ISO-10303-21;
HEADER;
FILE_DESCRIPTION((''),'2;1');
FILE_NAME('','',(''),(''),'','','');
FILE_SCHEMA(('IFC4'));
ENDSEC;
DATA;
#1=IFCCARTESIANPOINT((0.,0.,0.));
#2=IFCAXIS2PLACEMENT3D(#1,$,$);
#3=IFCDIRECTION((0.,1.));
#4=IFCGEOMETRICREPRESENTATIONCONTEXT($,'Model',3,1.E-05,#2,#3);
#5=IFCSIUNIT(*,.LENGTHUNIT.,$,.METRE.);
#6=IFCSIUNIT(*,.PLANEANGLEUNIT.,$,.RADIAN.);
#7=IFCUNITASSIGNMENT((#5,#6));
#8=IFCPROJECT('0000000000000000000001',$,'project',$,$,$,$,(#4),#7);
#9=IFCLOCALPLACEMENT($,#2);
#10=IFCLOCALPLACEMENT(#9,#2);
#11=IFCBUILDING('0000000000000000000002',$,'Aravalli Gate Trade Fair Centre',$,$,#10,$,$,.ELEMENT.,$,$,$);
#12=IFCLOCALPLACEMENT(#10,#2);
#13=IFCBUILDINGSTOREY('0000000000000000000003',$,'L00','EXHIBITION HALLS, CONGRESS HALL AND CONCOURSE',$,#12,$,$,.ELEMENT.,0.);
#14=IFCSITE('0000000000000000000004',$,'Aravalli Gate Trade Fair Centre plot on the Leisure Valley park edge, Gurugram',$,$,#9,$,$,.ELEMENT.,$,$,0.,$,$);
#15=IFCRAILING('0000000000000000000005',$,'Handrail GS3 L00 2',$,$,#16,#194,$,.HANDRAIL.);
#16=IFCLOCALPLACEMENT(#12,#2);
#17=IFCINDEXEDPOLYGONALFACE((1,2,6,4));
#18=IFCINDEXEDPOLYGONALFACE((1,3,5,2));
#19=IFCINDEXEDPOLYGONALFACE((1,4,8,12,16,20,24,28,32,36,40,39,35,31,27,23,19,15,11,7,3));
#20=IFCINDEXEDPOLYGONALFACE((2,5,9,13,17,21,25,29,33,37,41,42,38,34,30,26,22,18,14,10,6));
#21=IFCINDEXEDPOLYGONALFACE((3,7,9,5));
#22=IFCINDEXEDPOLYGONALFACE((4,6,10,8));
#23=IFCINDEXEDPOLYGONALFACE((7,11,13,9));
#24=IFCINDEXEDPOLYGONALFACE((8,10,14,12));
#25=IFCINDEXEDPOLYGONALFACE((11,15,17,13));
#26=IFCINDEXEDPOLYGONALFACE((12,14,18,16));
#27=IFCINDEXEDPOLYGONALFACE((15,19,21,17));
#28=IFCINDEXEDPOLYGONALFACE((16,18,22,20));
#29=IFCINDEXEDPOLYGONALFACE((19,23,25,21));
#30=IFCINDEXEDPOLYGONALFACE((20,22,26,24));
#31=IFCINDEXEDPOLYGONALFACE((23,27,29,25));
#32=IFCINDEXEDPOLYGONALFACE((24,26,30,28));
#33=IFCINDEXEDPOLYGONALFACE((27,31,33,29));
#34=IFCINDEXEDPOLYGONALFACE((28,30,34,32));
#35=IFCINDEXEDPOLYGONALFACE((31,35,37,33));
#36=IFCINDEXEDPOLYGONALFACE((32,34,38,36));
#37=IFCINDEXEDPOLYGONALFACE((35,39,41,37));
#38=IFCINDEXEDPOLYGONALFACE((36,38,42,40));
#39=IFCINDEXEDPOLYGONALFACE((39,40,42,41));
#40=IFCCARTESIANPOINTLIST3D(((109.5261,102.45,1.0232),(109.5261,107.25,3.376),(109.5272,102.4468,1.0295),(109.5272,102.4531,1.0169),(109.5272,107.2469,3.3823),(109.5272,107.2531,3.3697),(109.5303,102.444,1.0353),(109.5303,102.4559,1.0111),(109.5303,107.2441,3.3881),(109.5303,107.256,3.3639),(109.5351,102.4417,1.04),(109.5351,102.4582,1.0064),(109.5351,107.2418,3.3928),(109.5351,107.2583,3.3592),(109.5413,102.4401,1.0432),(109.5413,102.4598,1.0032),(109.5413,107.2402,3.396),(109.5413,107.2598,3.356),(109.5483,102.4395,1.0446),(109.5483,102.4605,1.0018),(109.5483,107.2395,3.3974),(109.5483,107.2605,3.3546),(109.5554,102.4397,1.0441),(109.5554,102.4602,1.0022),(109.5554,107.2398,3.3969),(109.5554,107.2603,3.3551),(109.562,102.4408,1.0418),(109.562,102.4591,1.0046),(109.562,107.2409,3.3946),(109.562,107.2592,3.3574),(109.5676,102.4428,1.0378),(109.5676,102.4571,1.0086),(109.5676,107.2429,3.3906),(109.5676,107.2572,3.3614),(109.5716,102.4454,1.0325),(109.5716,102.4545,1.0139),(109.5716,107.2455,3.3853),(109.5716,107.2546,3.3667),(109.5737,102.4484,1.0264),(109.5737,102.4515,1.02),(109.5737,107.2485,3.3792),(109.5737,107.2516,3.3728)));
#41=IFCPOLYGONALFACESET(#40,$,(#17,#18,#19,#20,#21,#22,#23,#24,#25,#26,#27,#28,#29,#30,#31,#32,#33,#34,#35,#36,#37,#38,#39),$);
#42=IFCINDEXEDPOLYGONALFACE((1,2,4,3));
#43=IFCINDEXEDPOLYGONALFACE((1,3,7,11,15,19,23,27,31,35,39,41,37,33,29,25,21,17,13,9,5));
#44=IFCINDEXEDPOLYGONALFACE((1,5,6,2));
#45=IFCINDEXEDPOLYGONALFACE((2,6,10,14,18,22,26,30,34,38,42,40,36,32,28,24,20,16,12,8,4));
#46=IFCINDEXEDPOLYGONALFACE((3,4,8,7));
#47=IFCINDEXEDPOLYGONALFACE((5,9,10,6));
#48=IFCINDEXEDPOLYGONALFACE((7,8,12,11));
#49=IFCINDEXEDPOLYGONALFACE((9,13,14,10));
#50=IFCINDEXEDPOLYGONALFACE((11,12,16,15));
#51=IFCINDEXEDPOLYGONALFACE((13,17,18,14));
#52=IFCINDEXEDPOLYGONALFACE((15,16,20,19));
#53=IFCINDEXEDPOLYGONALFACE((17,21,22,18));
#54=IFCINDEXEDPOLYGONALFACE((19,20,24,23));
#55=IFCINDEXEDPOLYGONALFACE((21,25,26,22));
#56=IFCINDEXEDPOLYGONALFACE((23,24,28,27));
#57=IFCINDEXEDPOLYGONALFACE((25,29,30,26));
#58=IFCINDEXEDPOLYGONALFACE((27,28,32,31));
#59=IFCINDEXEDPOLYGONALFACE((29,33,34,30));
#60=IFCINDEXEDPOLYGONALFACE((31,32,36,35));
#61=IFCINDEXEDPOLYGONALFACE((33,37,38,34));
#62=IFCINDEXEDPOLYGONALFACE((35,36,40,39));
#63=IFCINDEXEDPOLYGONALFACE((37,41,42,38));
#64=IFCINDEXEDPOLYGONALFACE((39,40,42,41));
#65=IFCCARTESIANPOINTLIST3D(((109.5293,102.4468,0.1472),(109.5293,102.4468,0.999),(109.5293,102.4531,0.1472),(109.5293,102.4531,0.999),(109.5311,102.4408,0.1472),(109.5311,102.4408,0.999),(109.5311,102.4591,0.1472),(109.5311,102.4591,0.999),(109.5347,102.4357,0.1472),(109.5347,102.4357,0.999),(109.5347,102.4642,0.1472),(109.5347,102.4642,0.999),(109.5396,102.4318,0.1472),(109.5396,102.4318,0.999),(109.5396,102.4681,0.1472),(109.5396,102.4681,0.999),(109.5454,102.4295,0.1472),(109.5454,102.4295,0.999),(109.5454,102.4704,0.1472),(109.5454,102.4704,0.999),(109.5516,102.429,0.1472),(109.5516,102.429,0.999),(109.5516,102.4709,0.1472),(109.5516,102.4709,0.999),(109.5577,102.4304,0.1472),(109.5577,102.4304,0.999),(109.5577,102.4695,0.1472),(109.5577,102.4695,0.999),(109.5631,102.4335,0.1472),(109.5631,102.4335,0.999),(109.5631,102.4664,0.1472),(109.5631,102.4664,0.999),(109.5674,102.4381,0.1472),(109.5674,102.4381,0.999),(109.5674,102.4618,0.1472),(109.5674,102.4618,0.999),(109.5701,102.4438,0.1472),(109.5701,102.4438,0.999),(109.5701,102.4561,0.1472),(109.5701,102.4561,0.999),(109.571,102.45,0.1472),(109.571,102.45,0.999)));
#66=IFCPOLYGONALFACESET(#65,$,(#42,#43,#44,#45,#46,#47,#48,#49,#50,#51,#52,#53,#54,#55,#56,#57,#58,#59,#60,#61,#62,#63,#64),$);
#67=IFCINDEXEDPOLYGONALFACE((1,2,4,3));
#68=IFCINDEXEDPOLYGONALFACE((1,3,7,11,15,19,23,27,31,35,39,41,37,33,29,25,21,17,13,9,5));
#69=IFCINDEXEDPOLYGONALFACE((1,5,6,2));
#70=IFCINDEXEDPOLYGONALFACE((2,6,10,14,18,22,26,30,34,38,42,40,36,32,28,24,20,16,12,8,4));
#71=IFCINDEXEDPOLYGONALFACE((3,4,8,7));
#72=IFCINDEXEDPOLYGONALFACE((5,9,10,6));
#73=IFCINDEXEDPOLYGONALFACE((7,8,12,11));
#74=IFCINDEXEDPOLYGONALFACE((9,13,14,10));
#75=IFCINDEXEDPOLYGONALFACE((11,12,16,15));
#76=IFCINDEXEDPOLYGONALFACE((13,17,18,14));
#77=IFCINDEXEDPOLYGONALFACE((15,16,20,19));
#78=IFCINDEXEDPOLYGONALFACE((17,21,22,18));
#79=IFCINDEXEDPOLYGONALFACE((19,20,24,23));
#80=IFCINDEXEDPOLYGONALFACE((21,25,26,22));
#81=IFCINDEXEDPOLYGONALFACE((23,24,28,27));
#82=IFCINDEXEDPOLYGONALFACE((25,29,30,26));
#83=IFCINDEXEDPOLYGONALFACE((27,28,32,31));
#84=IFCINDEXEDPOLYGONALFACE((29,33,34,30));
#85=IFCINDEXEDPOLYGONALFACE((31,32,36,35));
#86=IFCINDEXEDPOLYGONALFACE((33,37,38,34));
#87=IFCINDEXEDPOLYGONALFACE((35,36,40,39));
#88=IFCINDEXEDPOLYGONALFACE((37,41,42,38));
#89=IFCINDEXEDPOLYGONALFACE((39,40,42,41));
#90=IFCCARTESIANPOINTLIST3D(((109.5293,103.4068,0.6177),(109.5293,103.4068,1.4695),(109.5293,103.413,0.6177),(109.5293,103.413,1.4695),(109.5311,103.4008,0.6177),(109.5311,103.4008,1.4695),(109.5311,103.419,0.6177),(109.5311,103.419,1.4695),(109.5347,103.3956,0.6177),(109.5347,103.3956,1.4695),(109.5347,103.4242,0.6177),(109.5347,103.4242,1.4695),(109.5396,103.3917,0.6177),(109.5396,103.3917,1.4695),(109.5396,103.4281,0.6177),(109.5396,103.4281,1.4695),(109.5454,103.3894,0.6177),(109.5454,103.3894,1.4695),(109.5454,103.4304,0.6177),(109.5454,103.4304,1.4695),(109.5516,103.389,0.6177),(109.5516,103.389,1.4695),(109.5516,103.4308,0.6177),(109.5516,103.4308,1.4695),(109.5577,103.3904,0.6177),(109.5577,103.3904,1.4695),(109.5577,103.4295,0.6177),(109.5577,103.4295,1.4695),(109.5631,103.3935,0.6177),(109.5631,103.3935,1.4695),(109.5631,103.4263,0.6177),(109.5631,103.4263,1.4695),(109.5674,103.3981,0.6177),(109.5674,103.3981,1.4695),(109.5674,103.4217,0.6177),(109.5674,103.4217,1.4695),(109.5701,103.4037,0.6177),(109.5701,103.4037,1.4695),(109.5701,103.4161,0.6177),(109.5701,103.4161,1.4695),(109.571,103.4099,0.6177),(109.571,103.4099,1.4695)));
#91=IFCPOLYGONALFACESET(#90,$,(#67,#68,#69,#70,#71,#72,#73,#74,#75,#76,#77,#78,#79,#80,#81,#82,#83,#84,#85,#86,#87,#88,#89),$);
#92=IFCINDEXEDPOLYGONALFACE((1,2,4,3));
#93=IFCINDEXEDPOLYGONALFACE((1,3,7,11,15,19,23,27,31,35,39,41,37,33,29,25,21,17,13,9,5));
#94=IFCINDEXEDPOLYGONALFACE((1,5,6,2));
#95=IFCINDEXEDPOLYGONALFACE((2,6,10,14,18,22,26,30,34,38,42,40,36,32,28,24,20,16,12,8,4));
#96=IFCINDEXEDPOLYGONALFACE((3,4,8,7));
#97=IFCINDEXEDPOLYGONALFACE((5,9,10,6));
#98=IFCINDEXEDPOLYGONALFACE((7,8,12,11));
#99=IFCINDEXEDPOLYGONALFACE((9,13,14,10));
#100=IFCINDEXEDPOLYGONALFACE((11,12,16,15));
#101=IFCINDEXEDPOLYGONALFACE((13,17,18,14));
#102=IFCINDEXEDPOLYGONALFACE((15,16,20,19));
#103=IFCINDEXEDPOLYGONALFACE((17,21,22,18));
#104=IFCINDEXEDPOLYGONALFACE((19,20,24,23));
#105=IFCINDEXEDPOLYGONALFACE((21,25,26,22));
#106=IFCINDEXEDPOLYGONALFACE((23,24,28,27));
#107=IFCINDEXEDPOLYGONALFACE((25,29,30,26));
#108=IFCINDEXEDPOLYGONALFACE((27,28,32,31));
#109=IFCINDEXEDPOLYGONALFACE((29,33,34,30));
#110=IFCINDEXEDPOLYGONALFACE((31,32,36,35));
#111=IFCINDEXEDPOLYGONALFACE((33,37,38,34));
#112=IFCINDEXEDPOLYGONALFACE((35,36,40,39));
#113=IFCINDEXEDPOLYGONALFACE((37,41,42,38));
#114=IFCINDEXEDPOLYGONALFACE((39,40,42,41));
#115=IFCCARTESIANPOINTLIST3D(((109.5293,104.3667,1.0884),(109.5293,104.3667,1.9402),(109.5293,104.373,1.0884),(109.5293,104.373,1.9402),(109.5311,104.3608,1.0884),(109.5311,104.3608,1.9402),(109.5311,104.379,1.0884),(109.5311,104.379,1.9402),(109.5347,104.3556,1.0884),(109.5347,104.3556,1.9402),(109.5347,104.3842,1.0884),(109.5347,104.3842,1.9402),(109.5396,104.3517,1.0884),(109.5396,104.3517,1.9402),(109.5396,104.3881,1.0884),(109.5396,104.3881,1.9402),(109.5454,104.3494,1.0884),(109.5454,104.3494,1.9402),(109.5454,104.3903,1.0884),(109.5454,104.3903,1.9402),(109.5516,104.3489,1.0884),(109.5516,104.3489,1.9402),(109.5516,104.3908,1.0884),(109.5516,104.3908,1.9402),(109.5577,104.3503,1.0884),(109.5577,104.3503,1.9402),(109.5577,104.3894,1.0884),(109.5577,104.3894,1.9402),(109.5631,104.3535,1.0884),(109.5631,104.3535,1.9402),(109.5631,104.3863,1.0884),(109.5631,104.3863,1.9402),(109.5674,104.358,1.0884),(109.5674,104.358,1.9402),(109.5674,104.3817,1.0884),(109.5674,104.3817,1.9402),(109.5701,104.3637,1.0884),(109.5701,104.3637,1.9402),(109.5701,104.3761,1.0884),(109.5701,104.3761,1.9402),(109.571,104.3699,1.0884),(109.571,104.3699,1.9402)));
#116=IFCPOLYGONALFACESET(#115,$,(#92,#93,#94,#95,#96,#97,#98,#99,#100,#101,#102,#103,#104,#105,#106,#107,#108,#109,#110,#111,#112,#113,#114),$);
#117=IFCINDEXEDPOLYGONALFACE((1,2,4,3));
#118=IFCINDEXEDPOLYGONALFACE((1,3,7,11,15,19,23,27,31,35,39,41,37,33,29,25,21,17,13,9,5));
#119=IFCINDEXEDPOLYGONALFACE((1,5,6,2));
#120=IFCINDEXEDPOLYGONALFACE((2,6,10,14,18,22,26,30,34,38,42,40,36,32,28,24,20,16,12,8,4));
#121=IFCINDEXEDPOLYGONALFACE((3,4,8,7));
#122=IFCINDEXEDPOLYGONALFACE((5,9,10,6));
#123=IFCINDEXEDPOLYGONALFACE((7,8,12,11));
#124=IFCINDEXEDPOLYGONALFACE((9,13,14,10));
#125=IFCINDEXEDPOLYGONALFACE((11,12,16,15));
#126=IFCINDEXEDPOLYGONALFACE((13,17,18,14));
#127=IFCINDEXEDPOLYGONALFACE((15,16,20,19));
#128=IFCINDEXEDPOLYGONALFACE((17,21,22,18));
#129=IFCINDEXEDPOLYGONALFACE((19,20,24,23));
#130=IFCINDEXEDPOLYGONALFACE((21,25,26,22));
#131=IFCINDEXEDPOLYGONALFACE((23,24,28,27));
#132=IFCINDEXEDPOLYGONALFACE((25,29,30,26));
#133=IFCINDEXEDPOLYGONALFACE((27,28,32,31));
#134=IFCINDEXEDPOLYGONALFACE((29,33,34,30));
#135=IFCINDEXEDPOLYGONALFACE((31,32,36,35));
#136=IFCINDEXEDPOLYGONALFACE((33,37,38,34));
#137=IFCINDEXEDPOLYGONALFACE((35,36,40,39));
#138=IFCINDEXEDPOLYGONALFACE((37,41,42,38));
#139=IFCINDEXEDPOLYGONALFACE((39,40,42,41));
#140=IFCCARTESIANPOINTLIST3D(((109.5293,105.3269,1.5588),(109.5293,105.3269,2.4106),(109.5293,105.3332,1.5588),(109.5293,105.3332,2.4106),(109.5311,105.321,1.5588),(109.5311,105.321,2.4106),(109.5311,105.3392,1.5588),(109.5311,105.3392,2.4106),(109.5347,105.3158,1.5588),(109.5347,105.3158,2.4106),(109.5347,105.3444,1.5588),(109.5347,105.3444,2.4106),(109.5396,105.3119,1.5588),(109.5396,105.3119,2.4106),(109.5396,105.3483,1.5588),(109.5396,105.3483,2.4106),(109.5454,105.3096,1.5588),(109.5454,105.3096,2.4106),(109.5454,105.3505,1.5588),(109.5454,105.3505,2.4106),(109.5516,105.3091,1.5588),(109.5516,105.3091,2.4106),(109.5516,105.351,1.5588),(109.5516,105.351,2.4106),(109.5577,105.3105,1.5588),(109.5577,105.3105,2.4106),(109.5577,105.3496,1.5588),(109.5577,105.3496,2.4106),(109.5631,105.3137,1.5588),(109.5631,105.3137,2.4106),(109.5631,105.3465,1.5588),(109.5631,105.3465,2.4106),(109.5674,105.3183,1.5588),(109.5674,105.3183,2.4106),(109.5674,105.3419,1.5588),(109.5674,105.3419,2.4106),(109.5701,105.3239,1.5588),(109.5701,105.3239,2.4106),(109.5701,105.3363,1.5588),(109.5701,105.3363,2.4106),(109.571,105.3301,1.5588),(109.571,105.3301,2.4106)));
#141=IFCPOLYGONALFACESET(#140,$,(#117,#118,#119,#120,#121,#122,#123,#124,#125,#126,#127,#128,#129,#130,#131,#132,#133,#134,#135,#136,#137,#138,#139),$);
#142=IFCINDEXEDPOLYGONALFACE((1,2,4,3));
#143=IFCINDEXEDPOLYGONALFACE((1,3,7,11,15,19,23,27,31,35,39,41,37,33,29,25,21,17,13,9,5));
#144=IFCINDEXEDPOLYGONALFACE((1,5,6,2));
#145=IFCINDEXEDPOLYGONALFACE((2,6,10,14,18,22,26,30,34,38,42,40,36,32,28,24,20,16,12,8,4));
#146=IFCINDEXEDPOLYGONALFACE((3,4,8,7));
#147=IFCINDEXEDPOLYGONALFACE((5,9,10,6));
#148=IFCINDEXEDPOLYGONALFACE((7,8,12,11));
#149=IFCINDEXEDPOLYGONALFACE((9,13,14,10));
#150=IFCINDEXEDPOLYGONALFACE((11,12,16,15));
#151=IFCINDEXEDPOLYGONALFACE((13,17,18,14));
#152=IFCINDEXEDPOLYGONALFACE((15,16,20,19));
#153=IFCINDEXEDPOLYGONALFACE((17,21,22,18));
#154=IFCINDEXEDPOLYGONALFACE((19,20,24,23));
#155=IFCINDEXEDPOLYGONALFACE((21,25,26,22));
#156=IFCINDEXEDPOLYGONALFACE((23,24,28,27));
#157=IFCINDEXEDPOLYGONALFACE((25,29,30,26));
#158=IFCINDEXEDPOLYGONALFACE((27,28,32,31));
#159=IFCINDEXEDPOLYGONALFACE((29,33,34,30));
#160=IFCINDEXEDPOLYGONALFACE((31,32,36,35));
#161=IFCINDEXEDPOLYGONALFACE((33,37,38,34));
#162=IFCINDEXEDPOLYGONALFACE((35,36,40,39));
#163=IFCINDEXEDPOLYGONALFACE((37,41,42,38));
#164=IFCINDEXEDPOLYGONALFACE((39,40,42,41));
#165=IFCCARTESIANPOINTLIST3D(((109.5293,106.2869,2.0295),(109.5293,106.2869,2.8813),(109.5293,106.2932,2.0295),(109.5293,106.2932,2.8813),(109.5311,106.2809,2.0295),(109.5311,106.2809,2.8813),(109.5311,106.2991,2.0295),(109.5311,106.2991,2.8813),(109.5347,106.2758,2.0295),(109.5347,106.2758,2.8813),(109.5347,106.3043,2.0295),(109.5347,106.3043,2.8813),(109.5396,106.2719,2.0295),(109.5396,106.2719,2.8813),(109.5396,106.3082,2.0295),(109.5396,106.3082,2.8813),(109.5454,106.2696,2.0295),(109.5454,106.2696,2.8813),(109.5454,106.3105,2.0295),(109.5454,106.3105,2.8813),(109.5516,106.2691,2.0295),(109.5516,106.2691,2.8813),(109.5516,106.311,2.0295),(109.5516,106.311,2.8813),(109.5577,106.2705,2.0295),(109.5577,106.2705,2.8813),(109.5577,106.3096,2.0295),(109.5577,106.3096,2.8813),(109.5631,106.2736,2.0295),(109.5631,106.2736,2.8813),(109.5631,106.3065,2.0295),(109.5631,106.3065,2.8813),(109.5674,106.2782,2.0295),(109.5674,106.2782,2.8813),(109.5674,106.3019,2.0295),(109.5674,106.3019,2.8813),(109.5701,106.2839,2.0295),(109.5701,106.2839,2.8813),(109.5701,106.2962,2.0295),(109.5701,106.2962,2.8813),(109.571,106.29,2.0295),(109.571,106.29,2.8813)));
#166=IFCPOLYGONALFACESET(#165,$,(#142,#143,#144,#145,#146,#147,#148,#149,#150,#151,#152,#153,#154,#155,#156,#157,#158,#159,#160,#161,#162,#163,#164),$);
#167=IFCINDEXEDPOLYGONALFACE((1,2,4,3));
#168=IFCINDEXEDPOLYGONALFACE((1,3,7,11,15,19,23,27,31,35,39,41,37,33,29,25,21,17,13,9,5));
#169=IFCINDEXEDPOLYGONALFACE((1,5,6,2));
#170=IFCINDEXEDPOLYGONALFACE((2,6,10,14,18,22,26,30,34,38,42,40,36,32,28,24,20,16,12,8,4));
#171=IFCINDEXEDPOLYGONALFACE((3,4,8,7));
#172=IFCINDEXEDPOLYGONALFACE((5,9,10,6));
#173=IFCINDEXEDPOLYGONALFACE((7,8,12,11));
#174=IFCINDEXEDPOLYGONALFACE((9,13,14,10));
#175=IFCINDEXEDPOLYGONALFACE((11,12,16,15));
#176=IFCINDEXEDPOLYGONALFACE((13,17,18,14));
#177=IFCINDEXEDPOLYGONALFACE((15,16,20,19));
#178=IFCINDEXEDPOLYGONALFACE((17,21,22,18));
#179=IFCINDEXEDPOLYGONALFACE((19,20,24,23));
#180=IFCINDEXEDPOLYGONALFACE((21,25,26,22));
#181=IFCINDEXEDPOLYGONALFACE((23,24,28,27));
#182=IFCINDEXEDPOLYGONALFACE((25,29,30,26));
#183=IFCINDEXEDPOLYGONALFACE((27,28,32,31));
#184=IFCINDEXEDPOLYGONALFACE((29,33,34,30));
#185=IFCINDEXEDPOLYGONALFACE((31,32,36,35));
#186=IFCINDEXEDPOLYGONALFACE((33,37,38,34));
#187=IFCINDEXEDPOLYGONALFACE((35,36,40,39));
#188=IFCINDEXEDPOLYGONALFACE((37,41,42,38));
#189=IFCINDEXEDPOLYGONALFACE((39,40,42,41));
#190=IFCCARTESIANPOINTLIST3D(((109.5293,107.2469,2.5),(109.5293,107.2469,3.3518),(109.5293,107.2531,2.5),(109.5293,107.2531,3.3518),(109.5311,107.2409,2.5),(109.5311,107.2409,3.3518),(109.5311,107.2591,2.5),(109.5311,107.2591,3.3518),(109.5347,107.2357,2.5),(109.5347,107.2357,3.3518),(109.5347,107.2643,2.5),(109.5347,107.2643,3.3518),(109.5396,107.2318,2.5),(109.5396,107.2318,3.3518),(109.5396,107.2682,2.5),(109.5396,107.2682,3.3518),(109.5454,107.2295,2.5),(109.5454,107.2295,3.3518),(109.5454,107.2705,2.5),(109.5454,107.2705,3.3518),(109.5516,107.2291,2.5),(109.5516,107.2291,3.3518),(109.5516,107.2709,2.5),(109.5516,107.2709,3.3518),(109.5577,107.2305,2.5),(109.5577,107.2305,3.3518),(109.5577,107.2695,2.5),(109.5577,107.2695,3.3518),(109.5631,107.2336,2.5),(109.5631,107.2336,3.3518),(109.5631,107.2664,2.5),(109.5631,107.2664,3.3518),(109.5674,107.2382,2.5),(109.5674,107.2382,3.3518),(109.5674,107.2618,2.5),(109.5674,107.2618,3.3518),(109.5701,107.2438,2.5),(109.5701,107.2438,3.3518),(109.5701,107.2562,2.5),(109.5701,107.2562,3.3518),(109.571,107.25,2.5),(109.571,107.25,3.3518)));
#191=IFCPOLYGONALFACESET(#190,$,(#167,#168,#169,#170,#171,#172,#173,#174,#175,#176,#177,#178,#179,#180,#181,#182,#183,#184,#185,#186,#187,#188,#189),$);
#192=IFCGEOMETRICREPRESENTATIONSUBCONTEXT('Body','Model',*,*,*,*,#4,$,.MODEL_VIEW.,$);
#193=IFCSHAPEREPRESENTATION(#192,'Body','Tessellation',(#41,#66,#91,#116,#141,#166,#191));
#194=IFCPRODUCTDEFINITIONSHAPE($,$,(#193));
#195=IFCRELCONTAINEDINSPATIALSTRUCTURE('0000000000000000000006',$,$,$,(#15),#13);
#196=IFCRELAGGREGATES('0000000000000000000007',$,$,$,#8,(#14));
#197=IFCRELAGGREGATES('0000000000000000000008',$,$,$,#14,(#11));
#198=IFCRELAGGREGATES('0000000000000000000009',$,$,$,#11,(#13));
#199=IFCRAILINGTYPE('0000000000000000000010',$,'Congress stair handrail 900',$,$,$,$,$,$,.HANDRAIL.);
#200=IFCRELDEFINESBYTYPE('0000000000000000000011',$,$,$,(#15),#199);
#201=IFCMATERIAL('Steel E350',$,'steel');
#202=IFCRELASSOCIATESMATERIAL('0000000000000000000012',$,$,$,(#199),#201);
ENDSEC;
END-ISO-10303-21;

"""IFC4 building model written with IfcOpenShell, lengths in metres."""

from ifc_helpers import new_model, si_unit, direction, frame, origin, origin_2d, place, context, subcontext, project, spatial, circle, extrude, material, type_object, element, save


model = new_model("IFC4")

# Units and contexts
model_context = context("Model", 3, precision=1e-05, world=origin(), true_north=direction((0.0, 1.0)))
body_context = subcontext(model_context, "Body", "Model", "MODEL_VIEW")
ifc_project = project(units=[si_unit("LENGTHUNIT", "METRE"), si_unit("PLANEANGLEUNIT", "RADIAN")], contexts=[model_context])

# Site, building, storey
site_placement = place(None, origin())
site = spatial("IfcSite", under=ifc_project, at=site_placement, Name="Aravalli Gate Trade Fair Centre plot on the Leisure Valley park edge, Gurugram", CompositionType="ELEMENT", RefElevation=0.0)
building_placement = place(site_placement, origin())
building = spatial("IfcBuilding", under=site, at=building_placement, Name="Aravalli Gate Trade Fair Centre", CompositionType="ELEMENT")
storey_placement = place(building_placement, origin())
storey = spatial("IfcBuildingStorey", under=building, at=storey_placement, Name="L00", Description="EXHIBITION HALLS, CONGRESS HALL AND CONCOURSE", CompositionType="ELEMENT", Elevation=0.0)

# Railing
ifc_material_1 = material(Name="Steel E350", Category="steel")
railing_type = type_object("IfcRailingType", Name="Congress stair handrail 900", PredefinedType="HANDRAIL", material=ifc_material_1)
for number, where, name in (
    (1, (109.55, 102.45, 0.1472), "Handrail GS3 L00 2"),
):
    element("IfcRailing", number, at=place(storey_placement, frame(where)), inside=storey, type_object=railing_type, Name=name, PredefinedType="HANDRAIL", context=body_context, shape_type="SweptSolid", body=[
        extrude(circle(Radius=0.0239, at=origin_2d()), frame((0.0, 0.0, 0.876), z_axis=(0.0, 0.897934, 0.44013), x_axis=(-1.0, 0.0, 0.0)), (0.0, 0.0, 1.0), 5.3457),
        extrude(circle(Radius=0.021, at=origin_2d()), origin(), (0.0, 0.0, 1.0), 0.8518),
        extrude(circle(Radius=0.021, at=origin_2d()), frame((0.0, 0.96, 0.4705)), (0.0, 0.0, 1.0), 0.8518),
        extrude(circle(Radius=0.021, at=origin_2d()), frame((0.0, 1.9199, 0.9412)), (0.0, 0.0, 1.0), 0.8518),
        extrude(circle(Radius=0.021, at=origin_2d()), frame((0.0, 2.8801, 1.4116)), (0.0, 0.0, 1.0), 0.8518),
        extrude(circle(Radius=0.021, at=origin_2d()), frame((0.0, 3.8401, 1.8823)), (0.0, 0.0, 1.0), 0.8518),
        extrude(circle(Radius=0.021, at=origin_2d()), frame((0.0, 4.8, 2.3528)), (0.0, 0.0, 1.0), 0.8518),
    ])

save(model, "model.ifc")
